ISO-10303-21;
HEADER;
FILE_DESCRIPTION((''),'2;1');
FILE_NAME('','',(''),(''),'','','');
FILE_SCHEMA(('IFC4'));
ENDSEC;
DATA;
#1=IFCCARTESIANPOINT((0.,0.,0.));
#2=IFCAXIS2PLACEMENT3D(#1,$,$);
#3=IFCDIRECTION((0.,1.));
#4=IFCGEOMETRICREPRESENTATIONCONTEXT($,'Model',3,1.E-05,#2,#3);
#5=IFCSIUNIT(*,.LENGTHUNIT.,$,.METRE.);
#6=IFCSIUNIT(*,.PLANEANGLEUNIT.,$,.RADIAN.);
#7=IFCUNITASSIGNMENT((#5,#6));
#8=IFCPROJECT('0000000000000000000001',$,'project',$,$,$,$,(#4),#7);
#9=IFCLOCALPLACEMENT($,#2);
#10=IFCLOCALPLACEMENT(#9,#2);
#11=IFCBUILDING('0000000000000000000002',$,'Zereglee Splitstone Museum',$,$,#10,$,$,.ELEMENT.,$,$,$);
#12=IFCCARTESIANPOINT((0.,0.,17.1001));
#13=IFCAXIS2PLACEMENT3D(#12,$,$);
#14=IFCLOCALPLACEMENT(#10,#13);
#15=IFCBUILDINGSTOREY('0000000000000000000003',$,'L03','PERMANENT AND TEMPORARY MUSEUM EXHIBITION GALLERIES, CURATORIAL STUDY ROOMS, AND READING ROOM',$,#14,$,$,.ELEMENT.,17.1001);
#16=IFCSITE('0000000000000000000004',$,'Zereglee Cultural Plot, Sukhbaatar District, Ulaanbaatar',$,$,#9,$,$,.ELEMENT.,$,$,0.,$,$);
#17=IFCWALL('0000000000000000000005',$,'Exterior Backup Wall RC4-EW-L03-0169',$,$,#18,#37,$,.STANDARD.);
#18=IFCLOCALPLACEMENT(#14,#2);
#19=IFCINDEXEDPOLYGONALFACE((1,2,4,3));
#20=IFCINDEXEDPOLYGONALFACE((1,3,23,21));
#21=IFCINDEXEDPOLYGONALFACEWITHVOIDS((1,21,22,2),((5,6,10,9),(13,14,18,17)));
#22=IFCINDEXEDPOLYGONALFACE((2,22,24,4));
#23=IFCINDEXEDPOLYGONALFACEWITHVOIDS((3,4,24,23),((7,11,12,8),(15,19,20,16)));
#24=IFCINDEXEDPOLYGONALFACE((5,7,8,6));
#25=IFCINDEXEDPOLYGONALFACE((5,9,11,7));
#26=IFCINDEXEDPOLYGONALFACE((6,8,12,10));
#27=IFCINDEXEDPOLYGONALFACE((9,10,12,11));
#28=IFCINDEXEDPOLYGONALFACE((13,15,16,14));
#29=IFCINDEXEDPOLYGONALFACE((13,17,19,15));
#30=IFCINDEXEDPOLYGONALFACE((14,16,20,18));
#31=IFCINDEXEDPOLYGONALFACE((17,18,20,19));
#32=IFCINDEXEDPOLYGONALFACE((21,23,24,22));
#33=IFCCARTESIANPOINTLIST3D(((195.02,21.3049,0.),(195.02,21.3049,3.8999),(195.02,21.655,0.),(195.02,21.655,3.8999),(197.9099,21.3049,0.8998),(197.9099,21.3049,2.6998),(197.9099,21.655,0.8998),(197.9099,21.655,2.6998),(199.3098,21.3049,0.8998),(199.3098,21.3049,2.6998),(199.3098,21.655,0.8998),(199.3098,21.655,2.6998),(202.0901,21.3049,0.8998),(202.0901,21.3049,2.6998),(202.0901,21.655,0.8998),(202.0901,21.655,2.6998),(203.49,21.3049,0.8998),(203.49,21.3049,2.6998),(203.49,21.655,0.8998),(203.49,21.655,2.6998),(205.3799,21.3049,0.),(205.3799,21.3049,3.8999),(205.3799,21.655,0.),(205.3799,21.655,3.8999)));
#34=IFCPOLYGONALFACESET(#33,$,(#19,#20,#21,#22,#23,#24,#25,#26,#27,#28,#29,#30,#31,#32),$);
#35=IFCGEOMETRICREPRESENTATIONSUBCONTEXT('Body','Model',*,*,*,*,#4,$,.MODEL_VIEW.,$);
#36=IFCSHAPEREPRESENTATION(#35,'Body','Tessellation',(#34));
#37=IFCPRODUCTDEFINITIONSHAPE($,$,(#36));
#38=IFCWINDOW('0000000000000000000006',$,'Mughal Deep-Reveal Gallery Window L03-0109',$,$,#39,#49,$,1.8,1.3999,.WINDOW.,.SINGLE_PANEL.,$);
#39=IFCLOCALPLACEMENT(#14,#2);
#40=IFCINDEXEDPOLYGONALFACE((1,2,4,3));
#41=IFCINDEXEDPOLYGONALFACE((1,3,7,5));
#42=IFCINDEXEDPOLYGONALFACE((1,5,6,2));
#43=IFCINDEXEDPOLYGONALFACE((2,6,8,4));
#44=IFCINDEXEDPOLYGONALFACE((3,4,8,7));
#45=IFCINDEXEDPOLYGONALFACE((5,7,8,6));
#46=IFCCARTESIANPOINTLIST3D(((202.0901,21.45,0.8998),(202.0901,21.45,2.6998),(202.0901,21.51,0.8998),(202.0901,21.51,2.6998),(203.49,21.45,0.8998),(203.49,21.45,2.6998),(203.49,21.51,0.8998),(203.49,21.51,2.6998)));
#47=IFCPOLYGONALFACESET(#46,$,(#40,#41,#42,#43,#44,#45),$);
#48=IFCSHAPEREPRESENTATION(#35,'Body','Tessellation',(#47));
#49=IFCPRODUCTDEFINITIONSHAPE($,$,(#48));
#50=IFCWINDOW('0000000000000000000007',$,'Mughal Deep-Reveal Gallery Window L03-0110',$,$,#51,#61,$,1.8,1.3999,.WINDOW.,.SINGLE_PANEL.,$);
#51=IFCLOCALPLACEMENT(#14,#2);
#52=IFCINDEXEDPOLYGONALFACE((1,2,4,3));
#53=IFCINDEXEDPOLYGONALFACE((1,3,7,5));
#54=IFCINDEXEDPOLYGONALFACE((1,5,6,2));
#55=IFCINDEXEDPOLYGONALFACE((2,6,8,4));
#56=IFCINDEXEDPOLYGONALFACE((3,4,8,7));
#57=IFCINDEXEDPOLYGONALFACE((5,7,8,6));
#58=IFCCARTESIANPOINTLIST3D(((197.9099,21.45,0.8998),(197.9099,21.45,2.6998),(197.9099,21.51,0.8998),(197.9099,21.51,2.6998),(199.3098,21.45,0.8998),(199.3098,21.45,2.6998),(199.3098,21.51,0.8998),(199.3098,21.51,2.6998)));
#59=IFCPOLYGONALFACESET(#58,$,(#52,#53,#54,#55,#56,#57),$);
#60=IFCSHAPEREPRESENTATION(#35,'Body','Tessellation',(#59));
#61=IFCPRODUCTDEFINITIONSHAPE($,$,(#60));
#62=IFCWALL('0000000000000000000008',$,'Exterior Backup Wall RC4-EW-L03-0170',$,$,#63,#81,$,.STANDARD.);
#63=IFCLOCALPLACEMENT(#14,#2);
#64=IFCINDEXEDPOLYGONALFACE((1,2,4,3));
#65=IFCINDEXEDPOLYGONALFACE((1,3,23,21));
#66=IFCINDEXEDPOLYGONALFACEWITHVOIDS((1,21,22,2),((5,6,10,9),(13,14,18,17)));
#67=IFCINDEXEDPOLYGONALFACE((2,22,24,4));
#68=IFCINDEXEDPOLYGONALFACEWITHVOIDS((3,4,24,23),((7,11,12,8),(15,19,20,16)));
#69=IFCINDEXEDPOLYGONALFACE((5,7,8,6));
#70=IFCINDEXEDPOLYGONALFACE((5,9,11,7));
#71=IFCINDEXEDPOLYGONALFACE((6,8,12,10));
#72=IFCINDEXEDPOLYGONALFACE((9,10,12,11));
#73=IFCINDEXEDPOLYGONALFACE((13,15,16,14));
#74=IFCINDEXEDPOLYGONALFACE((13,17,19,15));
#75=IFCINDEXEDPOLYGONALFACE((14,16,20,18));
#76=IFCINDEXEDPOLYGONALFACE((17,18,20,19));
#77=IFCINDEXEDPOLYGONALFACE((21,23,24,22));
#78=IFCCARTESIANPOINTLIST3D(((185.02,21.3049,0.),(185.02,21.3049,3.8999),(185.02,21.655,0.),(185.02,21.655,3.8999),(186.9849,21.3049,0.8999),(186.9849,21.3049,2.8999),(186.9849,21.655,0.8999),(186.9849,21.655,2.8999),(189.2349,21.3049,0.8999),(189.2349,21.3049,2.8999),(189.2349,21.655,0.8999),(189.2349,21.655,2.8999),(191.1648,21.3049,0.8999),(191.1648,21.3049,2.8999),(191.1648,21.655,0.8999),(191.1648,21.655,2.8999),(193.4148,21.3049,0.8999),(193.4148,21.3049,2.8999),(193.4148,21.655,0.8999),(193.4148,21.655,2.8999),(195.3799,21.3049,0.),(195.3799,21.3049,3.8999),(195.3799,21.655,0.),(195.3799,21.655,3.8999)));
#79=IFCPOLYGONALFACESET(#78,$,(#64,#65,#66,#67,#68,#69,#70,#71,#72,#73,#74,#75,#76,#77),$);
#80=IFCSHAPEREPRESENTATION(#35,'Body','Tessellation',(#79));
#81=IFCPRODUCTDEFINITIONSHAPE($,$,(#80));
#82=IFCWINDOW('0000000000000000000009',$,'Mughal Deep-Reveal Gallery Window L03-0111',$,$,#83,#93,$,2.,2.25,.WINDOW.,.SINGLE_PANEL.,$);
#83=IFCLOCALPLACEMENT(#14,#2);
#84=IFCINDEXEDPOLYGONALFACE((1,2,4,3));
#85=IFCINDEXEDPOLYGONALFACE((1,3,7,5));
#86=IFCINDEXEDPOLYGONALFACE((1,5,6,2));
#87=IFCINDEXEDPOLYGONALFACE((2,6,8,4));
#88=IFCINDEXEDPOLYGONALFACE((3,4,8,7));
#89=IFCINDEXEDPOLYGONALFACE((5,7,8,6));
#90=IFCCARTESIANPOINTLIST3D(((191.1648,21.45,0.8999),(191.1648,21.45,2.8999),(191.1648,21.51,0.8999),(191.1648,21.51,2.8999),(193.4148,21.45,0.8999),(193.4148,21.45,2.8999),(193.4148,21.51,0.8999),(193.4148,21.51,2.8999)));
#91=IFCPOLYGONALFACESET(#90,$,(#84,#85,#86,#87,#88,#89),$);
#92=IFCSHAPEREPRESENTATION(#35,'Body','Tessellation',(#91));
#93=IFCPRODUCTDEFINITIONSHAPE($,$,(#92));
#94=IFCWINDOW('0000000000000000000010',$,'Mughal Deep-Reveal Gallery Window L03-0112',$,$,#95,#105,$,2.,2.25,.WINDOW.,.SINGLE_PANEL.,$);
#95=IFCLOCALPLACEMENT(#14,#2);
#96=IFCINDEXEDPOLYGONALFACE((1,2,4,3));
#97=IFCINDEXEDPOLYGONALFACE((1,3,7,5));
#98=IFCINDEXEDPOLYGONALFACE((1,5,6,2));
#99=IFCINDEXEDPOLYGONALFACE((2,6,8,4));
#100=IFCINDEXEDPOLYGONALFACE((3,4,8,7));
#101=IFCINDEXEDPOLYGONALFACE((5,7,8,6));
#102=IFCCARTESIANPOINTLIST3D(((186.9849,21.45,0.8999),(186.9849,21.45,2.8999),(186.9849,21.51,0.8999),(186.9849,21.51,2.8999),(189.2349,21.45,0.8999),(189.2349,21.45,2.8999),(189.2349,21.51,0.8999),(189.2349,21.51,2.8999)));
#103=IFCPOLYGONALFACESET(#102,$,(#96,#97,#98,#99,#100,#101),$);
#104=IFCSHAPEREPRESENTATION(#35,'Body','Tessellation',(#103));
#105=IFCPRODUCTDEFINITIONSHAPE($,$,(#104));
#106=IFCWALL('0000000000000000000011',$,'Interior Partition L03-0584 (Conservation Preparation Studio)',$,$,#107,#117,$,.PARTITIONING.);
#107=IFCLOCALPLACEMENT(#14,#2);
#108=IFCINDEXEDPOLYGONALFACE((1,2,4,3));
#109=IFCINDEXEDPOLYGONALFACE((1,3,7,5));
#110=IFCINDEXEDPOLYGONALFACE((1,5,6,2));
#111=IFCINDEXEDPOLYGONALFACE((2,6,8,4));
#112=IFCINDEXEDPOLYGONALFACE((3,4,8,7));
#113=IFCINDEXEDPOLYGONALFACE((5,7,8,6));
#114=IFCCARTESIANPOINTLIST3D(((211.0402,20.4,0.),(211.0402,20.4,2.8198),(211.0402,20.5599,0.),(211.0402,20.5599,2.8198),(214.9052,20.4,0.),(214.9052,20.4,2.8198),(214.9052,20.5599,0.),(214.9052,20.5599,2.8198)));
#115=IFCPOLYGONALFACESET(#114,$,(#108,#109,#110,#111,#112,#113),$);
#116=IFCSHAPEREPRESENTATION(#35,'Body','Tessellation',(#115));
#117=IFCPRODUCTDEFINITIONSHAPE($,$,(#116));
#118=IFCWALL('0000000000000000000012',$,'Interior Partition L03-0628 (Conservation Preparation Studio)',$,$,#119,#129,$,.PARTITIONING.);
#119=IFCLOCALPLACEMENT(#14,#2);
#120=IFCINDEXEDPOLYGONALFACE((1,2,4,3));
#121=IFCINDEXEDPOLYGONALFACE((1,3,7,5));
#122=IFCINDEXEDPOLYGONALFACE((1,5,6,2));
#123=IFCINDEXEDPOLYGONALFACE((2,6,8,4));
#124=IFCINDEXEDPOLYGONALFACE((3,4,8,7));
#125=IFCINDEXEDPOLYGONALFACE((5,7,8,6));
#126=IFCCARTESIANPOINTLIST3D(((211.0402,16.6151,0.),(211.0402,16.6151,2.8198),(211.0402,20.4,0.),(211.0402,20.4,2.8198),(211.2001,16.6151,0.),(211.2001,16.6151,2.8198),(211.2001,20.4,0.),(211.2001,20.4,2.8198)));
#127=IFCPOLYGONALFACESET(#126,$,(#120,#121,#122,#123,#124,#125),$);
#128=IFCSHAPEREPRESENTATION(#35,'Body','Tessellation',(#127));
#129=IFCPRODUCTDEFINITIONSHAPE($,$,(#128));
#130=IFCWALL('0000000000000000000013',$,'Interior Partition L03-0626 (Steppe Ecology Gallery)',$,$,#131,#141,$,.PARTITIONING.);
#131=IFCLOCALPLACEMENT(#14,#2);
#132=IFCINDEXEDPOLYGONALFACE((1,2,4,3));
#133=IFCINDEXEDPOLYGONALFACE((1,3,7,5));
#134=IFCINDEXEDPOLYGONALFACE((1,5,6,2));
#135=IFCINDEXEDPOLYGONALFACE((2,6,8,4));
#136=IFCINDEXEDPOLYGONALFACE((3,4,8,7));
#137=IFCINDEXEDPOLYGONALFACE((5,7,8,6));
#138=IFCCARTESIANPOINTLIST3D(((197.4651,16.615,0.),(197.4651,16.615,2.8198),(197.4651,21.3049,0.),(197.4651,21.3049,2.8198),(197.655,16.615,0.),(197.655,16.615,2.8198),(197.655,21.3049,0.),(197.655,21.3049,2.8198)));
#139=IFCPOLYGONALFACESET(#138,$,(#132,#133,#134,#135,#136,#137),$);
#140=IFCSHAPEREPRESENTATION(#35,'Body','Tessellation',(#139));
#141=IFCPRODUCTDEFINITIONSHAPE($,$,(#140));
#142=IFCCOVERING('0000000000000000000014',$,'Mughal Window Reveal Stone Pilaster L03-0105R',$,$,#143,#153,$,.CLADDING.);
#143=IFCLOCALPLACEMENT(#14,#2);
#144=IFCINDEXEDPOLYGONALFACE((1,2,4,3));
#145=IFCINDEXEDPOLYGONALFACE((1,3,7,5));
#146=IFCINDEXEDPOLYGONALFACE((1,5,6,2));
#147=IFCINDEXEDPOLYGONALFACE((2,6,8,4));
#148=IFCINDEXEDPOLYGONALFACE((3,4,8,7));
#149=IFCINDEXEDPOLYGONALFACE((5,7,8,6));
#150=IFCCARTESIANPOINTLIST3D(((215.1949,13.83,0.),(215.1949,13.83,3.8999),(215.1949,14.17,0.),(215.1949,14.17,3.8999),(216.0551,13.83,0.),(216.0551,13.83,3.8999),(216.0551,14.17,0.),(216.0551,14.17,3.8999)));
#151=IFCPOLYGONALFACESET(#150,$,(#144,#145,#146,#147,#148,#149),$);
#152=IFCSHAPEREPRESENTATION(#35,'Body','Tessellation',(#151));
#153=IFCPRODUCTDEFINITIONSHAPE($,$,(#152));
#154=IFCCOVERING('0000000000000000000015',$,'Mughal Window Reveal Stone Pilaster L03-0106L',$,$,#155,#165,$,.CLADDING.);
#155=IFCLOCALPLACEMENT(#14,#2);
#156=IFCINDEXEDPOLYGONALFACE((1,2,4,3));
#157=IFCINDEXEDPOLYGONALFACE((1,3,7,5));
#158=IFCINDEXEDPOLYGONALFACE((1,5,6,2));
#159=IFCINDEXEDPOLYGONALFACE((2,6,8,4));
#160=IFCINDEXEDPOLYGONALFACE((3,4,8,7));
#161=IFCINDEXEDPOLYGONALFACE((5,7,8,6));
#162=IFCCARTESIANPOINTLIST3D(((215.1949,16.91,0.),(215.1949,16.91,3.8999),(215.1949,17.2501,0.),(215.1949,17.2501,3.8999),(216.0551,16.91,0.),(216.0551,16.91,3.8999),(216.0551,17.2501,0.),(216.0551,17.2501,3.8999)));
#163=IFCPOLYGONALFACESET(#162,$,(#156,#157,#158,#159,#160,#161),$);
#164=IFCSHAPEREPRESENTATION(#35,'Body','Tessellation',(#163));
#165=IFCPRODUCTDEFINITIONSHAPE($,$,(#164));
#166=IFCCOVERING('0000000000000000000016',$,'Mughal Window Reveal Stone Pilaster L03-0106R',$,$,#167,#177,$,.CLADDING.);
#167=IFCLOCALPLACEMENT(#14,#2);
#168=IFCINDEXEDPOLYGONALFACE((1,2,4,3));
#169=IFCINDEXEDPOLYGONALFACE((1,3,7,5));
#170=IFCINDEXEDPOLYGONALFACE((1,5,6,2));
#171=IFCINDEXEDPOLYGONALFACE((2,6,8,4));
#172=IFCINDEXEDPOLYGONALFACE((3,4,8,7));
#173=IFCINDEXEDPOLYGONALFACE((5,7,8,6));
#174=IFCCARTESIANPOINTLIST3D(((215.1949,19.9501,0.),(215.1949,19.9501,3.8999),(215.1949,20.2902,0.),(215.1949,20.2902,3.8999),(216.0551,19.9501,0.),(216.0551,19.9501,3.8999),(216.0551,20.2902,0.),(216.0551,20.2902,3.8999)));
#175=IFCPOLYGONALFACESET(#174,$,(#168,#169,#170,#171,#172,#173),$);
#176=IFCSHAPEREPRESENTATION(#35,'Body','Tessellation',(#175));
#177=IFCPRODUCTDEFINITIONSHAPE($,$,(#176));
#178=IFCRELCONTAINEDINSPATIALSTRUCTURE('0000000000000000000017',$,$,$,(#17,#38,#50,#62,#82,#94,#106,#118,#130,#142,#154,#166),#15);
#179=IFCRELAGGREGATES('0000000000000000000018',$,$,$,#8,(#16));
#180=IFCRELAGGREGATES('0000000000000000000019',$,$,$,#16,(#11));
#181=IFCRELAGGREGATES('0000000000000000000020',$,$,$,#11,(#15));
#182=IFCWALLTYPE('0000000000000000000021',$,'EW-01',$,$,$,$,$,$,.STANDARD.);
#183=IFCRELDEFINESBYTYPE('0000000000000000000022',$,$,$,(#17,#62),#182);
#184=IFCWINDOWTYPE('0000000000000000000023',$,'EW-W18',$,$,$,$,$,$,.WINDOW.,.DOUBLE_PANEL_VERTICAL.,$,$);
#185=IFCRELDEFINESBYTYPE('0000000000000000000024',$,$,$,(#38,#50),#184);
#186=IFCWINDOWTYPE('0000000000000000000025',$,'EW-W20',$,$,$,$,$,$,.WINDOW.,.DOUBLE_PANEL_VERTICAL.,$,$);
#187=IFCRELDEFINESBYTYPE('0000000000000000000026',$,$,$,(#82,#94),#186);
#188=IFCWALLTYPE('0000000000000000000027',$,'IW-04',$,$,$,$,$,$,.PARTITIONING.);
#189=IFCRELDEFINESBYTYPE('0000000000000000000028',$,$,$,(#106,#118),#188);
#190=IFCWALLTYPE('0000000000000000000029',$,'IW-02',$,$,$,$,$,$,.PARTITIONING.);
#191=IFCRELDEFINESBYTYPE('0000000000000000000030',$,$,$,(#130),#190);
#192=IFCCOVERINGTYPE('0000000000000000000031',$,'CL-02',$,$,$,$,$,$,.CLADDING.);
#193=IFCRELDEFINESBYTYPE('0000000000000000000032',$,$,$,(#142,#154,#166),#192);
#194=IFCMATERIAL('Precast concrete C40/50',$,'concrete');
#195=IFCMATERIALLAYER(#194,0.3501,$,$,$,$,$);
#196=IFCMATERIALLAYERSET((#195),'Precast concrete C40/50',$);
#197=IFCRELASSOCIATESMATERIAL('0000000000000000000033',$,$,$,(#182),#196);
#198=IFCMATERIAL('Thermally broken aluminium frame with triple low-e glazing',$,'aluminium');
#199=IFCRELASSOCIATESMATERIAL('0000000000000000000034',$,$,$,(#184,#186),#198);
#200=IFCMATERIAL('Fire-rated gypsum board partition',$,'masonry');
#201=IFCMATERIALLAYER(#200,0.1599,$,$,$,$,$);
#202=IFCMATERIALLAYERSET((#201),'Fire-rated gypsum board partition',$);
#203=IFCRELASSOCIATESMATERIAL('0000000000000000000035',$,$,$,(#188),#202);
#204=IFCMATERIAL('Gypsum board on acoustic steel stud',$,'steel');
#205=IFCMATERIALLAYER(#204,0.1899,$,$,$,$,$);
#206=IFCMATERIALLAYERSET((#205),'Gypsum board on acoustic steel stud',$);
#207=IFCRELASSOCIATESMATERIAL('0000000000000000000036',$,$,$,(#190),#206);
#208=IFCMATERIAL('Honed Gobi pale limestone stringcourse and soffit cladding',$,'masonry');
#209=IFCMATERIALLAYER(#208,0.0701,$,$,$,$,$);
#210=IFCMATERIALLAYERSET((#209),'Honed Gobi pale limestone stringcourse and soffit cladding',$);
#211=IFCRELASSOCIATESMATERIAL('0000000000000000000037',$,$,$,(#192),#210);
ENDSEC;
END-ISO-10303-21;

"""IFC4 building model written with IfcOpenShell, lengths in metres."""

from ifc_helpers import new_model, si_unit, direction, frame, frame_2d, origin, origin_2d, place, context, subcontext, project, spatial, rectangle, extrude, material, layer, layer_set, type_object, element, fill, save


model = new_model("IFC4")

# Units and contexts
model_context = context("Model", 3, precision=1e-05, world=origin(), true_north=direction((0.0, 1.0)))
body_context = subcontext(model_context, "Body", "Model", "MODEL_VIEW")
ifc_project = project(units=[si_unit("LENGTHUNIT", "METRE"), si_unit("PLANEANGLEUNIT", "RADIAN")], contexts=[model_context])

# Site, building, storey
site_placement = place(None, origin())
site = spatial("IfcSite", under=ifc_project, at=site_placement, Name="Zereglee Cultural Plot, Sukhbaatar District, Ulaanbaatar", CompositionType="ELEMENT", RefElevation=0.0)
building_placement = place(site_placement, origin())
building = spatial("IfcBuilding", under=site, at=building_placement, Name="Zereglee Splitstone Museum", CompositionType="ELEMENT")
storey_placement = place(building_placement, frame((0.0, 0.0, 17.1001)))
storey = spatial("IfcBuildingStorey", under=building, at=storey_placement, Name="L03", Description="PERMANENT AND TEMPORARY MUSEUM EXHIBITION GALLERIES, CURATORIAL STUDY ROOMS, AND READING ROOM", CompositionType="ELEMENT", Elevation=17.1001)

# Walls, openings, windows
ifc_material_1 = material(Name="Precast concrete C40/50", Category="concrete")
ifc_layer_1 = layer(ifc_material_1, 0.3501)
ifc_layer_set_1 = layer_set([ifc_layer_1], Name="Precast concrete C40/50")
wall_type_1 = type_object("IfcWallType", Name="EW-01", PredefinedType="STANDARD", material=ifc_layer_set_1)
ifc_material_2 = material(Name="Thermally broken aluminium frame with triple low-e glazing", Category="aluminium")
wall_1_placement = place(storey_placement, frame((205.3799, 21.48, 0.0), z_axis=(0.0, 0.0, 1.0), x_axis=(-1.0, 0.0, 0.0)))
wall_1 = element("IfcWall", 1, at=wall_1_placement, inside=storey, type_object=wall_type_1, Name="Exterior Backup Wall RC4-EW-L03-0169", PredefinedType="STANDARD", context=body_context, shape_type="SweptSolid", body=[
    extrude(rectangle(XDim=10.3599, YDim=0.3501, at=frame_2d((5.1799, 0.0))), origin(), (0.0, 0.0, 1.0), 3.8999),
])
opening_1_placement = place(wall_1_placement, frame((1.8899, 0.0, 0.8999)))
opening_1 = element("IfcOpeningElement", 2, at=opening_1_placement, cuts=wall_1, PredefinedType="OPENING", context=body_context, shape_type="SweptSolid", body=[
    extrude(rectangle(XDim=1.3999, YDim=1.8, at=frame_2d((0.7, 0.8999))), frame((0.0, 0.1899, 0.0), z_axis=(0.0, -1.0, 0.0), x_axis=(1.0, 0.0, 0.0)), (0.0, 0.0, 1.0), 0.3799),
])
opening_2_placement = place(wall_1_placement, frame((6.0701, 0.0, 0.8999)))
opening_2 = element("IfcOpeningElement", 3, at=opening_2_placement, cuts=wall_1, PredefinedType="OPENING", context=body_context, shape_type="SweptSolid", body=[
    extrude(rectangle(XDim=1.3999, YDim=1.8, at=frame_2d((0.7, 0.8999))), frame((0.0, 0.1899, 0.0), z_axis=(0.0, -1.0, 0.0), x_axis=(1.0, 0.0, 0.0)), (0.0, 0.0, 1.0), 0.3799),
])
window_type_1 = type_object("IfcWindowType", Name="EW-W18", PartitioningType="DOUBLE_PANEL_VERTICAL", PredefinedType="WINDOW", material=ifc_material_2)
window_1_placement = place(opening_1_placement, origin())
window_1 = element("IfcWindow", 4, at=window_1_placement, inside=storey, type_object=window_type_1, Name="Mughal Deep-Reveal Gallery Window L03-0109", OverallHeight=1.8, OverallWidth=1.3999, PartitioningType="SINGLE_PANEL", PredefinedType="WINDOW", context=body_context, shape_type="SweptSolid", body=[
    extrude(rectangle(XDim=1.3999, YDim=1.8, at=frame_2d((0.7, 0.8999))), frame((0.0, 0.03, 0.0), z_axis=(0.0, -1.0, 0.0), x_axis=(1.0, 0.0, 0.0)), (0.0, 0.0, 1.0), 0.0601),
])
fill(opening_1, window_1)
window_2_placement = place(opening_2_placement, origin())
window_2 = element("IfcWindow", 5, at=window_2_placement, inside=storey, type_object=window_type_1, Name="Mughal Deep-Reveal Gallery Window L03-0110", OverallHeight=1.8, OverallWidth=1.3999, PartitioningType="SINGLE_PANEL", PredefinedType="WINDOW", context=body_context, shape_type="SweptSolid", body=[
    extrude(rectangle(XDim=1.3999, YDim=1.8, at=frame_2d((0.7, 0.8999))), frame((0.0, 0.03, 0.0), z_axis=(0.0, -1.0, 0.0), x_axis=(1.0, 0.0, 0.0)), (0.0, 0.0, 1.0), 0.0601),
])
fill(opening_2, window_2)
wall_2_placement = place(storey_placement, frame((195.3799, 21.48, 0.0), z_axis=(0.0, 0.0, 1.0), x_axis=(-1.0, 0.0, 0.0)))
wall_2 = element("IfcWall", 6, at=wall_2_placement, inside=storey, type_object=wall_type_1, Name="Exterior Backup Wall RC4-EW-L03-0170", PredefinedType="STANDARD", context=body_context, shape_type="SweptSolid", body=[
    extrude(rectangle(XDim=10.3599, YDim=0.3501, at=frame_2d((5.1799, 0.0))), origin(), (0.0, 0.0, 1.0), 3.8999),
])
opening_3_placement = place(wall_2_placement, frame((1.9651, 0.0, 0.8999)))
opening_3 = element("IfcOpeningElement", 7, at=opening_3_placement, cuts=wall_2, PredefinedType="OPENING", context=body_context, shape_type="SweptSolid", body=[
    extrude(rectangle(XDim=2.25, YDim=2.0, at=frame_2d((1.125, 1.0))), frame((0.0, 0.1899, 0.0), z_axis=(0.0, -1.0, 0.0), x_axis=(1.0, 0.0, 0.0)), (0.0, 0.0, 1.0), 0.3799),
])
opening_4_placement = place(wall_2_placement, frame((6.145, 0.0, 0.8999)))
opening_4 = element("IfcOpeningElement", 8, at=opening_4_placement, cuts=wall_2, PredefinedType="OPENING", context=body_context, shape_type="SweptSolid", body=[
    extrude(rectangle(XDim=2.25, YDim=2.0, at=frame_2d((1.125, 1.0))), frame((0.0, 0.1899, 0.0), z_axis=(0.0, -1.0, 0.0), x_axis=(1.0, 0.0, 0.0)), (0.0, 0.0, 1.0), 0.3799),
])
window_type_2 = type_object("IfcWindowType", Name="EW-W20", PartitioningType="DOUBLE_PANEL_VERTICAL", PredefinedType="WINDOW", material=ifc_material_2)
window_3_placement = place(opening_3_placement, origin())
window_3 = element("IfcWindow", 9, at=window_3_placement, inside=storey, type_object=window_type_2, Name="Mughal Deep-Reveal Gallery Window L03-0111", OverallHeight=2.0, OverallWidth=2.25, PartitioningType="SINGLE_PANEL", PredefinedType="WINDOW", context=body_context, shape_type="SweptSolid", body=[
    extrude(rectangle(XDim=2.25, YDim=2.0, at=frame_2d((1.125, 1.0))), frame((0.0, 0.03, 0.0), z_axis=(0.0, -1.0, 0.0), x_axis=(1.0, 0.0, 0.0)), (0.0, 0.0, 1.0), 0.0601),
])
fill(opening_3, window_3)
window_4_placement = place(opening_4_placement, origin())
window_4 = element("IfcWindow", 10, at=window_4_placement, inside=storey, type_object=window_type_2, Name="Mughal Deep-Reveal Gallery Window L03-0112", OverallHeight=2.0, OverallWidth=2.25, PartitioningType="SINGLE_PANEL", PredefinedType="WINDOW", context=body_context, shape_type="SweptSolid", body=[
    extrude(rectangle(XDim=2.25, YDim=2.0, at=frame_2d((1.125, 1.0))), frame((0.0, 0.03, 0.0), z_axis=(0.0, -1.0, 0.0), x_axis=(1.0, 0.0, 0.0)), (0.0, 0.0, 1.0), 0.0601),
])
fill(opening_4, window_4)

# Walls
ifc_material_3 = material(Name="Fire-rated gypsum board partition", Category="masonry")
ifc_layer_2 = layer(ifc_material_3, 0.1599)
ifc_layer_set_2 = layer_set([ifc_layer_2], Name="Fire-rated gypsum board partition")
wall_type_2 = type_object("IfcWallType", Name="IW-04", PredefinedType="PARTITIONING", material=ifc_layer_set_2)
wall_3_placement = place(storey_placement, frame((211.04, 20.48, 0.0), z_axis=(0.0, 0.0, 1.0), x_axis=(1.0, 0.0, 0.0)))
element("IfcWall", 11, at=wall_3_placement, inside=storey, type_object=wall_type_2, Name="Interior Partition L03-0584 (Conservation Preparation Studio)", PredefinedType="PARTITIONING", context=body_context, shape_type="SweptSolid", body=[
    extrude(rectangle(XDim=3.865, YDim=0.1599, at=frame_2d((1.9326, 0.0))), origin(), (0.0, 0.0, 1.0), 2.8198),
])
wall_4_placement = place(storey_placement, frame((211.1201, 16.615, 0.0), z_axis=(0.0, 0.0, 1.0), x_axis=(0.0, 1.0, 0.0)))
element("IfcWall", 12, at=wall_4_placement, inside=storey, type_object=wall_type_2, Name="Interior Partition L03-0628 (Conservation Preparation Studio)", PredefinedType="PARTITIONING", context=body_context, shape_type="SweptSolid", body=[
    extrude(rectangle(XDim=3.7849, YDim=0.1599, at=frame_2d((1.8926, 0.0))), origin(), (0.0, 0.0, 1.0), 2.8198),
])
ifc_material_4 = material(Name="Gypsum board on acoustic steel stud", Category="steel")
ifc_layer_3 = layer(ifc_material_4, 0.1899)
ifc_layer_set_3 = layer_set([ifc_layer_3], Name="Gypsum board on acoustic steel stud")
wall_type_3 = type_object("IfcWallType", Name="IW-02", PredefinedType="PARTITIONING", material=ifc_layer_set_3)
wall_5_placement = place(storey_placement, frame((197.5601, 16.615, 0.0), z_axis=(0.0, 0.0, 1.0), x_axis=(0.0, 1.0, 0.0)))
element("IfcWall", 13, at=wall_5_placement, inside=storey, type_object=wall_type_3, Name="Interior Partition L03-0626 (Steppe Ecology Gallery)", PredefinedType="PARTITIONING", context=body_context, shape_type="SweptSolid", body=[
    extrude(rectangle(XDim=4.6899, YDim=0.1899, at=frame_2d((2.345, 0.0))), origin(), (0.0, 0.0, 1.0), 2.8198),
])

# Coverings
ifc_material_5 = material(Name="Honed Gobi pale limestone stringcourse and soffit cladding", Category="masonry")
ifc_layer_4 = layer(ifc_material_5, 0.0701)
ifc_layer_set_4 = layer_set([ifc_layer_4], Name="Honed Gobi pale limestone stringcourse and soffit cladding")
covering_type_1 = type_object("IfcCoveringType", Name="CL-02", PredefinedType="CLADDING", material=ifc_layer_set_4)
for number, where, z_axis, x_axis, name in (
    (14, (215.625, 14.0, 0.0), (0.0, 0.0, 1.0), (0.0, 1.0, 0.0), "Mughal Window Reveal Stone Pilaster L03-0105R"),
    (15, (215.625, 17.0801, 0.0), (0.0, 0.0, 1.0), (0.0, 1.0, 0.0), "Mughal Window Reveal Stone Pilaster L03-0106L"),
    (16, (215.625, 20.1201, 0.0), (0.0, 0.0, 1.0), (0.0, 1.0, 0.0), "Mughal Window Reveal Stone Pilaster L03-0106R"),
):
    element("IfcCovering", number, at=place(storey_placement, frame(where, z_axis=z_axis, x_axis=x_axis)), inside=storey, type_object=covering_type_1, Name=name, PredefinedType="CLADDING", context=body_context, shape_type="SweptSolid", body=[
        extrude(rectangle(XDim=0.3401, YDim=0.8601, at=origin_2d()), origin(), (0.0, 0.0, 1.0), 3.8999),
    ])

save(model, "model.ifc")
